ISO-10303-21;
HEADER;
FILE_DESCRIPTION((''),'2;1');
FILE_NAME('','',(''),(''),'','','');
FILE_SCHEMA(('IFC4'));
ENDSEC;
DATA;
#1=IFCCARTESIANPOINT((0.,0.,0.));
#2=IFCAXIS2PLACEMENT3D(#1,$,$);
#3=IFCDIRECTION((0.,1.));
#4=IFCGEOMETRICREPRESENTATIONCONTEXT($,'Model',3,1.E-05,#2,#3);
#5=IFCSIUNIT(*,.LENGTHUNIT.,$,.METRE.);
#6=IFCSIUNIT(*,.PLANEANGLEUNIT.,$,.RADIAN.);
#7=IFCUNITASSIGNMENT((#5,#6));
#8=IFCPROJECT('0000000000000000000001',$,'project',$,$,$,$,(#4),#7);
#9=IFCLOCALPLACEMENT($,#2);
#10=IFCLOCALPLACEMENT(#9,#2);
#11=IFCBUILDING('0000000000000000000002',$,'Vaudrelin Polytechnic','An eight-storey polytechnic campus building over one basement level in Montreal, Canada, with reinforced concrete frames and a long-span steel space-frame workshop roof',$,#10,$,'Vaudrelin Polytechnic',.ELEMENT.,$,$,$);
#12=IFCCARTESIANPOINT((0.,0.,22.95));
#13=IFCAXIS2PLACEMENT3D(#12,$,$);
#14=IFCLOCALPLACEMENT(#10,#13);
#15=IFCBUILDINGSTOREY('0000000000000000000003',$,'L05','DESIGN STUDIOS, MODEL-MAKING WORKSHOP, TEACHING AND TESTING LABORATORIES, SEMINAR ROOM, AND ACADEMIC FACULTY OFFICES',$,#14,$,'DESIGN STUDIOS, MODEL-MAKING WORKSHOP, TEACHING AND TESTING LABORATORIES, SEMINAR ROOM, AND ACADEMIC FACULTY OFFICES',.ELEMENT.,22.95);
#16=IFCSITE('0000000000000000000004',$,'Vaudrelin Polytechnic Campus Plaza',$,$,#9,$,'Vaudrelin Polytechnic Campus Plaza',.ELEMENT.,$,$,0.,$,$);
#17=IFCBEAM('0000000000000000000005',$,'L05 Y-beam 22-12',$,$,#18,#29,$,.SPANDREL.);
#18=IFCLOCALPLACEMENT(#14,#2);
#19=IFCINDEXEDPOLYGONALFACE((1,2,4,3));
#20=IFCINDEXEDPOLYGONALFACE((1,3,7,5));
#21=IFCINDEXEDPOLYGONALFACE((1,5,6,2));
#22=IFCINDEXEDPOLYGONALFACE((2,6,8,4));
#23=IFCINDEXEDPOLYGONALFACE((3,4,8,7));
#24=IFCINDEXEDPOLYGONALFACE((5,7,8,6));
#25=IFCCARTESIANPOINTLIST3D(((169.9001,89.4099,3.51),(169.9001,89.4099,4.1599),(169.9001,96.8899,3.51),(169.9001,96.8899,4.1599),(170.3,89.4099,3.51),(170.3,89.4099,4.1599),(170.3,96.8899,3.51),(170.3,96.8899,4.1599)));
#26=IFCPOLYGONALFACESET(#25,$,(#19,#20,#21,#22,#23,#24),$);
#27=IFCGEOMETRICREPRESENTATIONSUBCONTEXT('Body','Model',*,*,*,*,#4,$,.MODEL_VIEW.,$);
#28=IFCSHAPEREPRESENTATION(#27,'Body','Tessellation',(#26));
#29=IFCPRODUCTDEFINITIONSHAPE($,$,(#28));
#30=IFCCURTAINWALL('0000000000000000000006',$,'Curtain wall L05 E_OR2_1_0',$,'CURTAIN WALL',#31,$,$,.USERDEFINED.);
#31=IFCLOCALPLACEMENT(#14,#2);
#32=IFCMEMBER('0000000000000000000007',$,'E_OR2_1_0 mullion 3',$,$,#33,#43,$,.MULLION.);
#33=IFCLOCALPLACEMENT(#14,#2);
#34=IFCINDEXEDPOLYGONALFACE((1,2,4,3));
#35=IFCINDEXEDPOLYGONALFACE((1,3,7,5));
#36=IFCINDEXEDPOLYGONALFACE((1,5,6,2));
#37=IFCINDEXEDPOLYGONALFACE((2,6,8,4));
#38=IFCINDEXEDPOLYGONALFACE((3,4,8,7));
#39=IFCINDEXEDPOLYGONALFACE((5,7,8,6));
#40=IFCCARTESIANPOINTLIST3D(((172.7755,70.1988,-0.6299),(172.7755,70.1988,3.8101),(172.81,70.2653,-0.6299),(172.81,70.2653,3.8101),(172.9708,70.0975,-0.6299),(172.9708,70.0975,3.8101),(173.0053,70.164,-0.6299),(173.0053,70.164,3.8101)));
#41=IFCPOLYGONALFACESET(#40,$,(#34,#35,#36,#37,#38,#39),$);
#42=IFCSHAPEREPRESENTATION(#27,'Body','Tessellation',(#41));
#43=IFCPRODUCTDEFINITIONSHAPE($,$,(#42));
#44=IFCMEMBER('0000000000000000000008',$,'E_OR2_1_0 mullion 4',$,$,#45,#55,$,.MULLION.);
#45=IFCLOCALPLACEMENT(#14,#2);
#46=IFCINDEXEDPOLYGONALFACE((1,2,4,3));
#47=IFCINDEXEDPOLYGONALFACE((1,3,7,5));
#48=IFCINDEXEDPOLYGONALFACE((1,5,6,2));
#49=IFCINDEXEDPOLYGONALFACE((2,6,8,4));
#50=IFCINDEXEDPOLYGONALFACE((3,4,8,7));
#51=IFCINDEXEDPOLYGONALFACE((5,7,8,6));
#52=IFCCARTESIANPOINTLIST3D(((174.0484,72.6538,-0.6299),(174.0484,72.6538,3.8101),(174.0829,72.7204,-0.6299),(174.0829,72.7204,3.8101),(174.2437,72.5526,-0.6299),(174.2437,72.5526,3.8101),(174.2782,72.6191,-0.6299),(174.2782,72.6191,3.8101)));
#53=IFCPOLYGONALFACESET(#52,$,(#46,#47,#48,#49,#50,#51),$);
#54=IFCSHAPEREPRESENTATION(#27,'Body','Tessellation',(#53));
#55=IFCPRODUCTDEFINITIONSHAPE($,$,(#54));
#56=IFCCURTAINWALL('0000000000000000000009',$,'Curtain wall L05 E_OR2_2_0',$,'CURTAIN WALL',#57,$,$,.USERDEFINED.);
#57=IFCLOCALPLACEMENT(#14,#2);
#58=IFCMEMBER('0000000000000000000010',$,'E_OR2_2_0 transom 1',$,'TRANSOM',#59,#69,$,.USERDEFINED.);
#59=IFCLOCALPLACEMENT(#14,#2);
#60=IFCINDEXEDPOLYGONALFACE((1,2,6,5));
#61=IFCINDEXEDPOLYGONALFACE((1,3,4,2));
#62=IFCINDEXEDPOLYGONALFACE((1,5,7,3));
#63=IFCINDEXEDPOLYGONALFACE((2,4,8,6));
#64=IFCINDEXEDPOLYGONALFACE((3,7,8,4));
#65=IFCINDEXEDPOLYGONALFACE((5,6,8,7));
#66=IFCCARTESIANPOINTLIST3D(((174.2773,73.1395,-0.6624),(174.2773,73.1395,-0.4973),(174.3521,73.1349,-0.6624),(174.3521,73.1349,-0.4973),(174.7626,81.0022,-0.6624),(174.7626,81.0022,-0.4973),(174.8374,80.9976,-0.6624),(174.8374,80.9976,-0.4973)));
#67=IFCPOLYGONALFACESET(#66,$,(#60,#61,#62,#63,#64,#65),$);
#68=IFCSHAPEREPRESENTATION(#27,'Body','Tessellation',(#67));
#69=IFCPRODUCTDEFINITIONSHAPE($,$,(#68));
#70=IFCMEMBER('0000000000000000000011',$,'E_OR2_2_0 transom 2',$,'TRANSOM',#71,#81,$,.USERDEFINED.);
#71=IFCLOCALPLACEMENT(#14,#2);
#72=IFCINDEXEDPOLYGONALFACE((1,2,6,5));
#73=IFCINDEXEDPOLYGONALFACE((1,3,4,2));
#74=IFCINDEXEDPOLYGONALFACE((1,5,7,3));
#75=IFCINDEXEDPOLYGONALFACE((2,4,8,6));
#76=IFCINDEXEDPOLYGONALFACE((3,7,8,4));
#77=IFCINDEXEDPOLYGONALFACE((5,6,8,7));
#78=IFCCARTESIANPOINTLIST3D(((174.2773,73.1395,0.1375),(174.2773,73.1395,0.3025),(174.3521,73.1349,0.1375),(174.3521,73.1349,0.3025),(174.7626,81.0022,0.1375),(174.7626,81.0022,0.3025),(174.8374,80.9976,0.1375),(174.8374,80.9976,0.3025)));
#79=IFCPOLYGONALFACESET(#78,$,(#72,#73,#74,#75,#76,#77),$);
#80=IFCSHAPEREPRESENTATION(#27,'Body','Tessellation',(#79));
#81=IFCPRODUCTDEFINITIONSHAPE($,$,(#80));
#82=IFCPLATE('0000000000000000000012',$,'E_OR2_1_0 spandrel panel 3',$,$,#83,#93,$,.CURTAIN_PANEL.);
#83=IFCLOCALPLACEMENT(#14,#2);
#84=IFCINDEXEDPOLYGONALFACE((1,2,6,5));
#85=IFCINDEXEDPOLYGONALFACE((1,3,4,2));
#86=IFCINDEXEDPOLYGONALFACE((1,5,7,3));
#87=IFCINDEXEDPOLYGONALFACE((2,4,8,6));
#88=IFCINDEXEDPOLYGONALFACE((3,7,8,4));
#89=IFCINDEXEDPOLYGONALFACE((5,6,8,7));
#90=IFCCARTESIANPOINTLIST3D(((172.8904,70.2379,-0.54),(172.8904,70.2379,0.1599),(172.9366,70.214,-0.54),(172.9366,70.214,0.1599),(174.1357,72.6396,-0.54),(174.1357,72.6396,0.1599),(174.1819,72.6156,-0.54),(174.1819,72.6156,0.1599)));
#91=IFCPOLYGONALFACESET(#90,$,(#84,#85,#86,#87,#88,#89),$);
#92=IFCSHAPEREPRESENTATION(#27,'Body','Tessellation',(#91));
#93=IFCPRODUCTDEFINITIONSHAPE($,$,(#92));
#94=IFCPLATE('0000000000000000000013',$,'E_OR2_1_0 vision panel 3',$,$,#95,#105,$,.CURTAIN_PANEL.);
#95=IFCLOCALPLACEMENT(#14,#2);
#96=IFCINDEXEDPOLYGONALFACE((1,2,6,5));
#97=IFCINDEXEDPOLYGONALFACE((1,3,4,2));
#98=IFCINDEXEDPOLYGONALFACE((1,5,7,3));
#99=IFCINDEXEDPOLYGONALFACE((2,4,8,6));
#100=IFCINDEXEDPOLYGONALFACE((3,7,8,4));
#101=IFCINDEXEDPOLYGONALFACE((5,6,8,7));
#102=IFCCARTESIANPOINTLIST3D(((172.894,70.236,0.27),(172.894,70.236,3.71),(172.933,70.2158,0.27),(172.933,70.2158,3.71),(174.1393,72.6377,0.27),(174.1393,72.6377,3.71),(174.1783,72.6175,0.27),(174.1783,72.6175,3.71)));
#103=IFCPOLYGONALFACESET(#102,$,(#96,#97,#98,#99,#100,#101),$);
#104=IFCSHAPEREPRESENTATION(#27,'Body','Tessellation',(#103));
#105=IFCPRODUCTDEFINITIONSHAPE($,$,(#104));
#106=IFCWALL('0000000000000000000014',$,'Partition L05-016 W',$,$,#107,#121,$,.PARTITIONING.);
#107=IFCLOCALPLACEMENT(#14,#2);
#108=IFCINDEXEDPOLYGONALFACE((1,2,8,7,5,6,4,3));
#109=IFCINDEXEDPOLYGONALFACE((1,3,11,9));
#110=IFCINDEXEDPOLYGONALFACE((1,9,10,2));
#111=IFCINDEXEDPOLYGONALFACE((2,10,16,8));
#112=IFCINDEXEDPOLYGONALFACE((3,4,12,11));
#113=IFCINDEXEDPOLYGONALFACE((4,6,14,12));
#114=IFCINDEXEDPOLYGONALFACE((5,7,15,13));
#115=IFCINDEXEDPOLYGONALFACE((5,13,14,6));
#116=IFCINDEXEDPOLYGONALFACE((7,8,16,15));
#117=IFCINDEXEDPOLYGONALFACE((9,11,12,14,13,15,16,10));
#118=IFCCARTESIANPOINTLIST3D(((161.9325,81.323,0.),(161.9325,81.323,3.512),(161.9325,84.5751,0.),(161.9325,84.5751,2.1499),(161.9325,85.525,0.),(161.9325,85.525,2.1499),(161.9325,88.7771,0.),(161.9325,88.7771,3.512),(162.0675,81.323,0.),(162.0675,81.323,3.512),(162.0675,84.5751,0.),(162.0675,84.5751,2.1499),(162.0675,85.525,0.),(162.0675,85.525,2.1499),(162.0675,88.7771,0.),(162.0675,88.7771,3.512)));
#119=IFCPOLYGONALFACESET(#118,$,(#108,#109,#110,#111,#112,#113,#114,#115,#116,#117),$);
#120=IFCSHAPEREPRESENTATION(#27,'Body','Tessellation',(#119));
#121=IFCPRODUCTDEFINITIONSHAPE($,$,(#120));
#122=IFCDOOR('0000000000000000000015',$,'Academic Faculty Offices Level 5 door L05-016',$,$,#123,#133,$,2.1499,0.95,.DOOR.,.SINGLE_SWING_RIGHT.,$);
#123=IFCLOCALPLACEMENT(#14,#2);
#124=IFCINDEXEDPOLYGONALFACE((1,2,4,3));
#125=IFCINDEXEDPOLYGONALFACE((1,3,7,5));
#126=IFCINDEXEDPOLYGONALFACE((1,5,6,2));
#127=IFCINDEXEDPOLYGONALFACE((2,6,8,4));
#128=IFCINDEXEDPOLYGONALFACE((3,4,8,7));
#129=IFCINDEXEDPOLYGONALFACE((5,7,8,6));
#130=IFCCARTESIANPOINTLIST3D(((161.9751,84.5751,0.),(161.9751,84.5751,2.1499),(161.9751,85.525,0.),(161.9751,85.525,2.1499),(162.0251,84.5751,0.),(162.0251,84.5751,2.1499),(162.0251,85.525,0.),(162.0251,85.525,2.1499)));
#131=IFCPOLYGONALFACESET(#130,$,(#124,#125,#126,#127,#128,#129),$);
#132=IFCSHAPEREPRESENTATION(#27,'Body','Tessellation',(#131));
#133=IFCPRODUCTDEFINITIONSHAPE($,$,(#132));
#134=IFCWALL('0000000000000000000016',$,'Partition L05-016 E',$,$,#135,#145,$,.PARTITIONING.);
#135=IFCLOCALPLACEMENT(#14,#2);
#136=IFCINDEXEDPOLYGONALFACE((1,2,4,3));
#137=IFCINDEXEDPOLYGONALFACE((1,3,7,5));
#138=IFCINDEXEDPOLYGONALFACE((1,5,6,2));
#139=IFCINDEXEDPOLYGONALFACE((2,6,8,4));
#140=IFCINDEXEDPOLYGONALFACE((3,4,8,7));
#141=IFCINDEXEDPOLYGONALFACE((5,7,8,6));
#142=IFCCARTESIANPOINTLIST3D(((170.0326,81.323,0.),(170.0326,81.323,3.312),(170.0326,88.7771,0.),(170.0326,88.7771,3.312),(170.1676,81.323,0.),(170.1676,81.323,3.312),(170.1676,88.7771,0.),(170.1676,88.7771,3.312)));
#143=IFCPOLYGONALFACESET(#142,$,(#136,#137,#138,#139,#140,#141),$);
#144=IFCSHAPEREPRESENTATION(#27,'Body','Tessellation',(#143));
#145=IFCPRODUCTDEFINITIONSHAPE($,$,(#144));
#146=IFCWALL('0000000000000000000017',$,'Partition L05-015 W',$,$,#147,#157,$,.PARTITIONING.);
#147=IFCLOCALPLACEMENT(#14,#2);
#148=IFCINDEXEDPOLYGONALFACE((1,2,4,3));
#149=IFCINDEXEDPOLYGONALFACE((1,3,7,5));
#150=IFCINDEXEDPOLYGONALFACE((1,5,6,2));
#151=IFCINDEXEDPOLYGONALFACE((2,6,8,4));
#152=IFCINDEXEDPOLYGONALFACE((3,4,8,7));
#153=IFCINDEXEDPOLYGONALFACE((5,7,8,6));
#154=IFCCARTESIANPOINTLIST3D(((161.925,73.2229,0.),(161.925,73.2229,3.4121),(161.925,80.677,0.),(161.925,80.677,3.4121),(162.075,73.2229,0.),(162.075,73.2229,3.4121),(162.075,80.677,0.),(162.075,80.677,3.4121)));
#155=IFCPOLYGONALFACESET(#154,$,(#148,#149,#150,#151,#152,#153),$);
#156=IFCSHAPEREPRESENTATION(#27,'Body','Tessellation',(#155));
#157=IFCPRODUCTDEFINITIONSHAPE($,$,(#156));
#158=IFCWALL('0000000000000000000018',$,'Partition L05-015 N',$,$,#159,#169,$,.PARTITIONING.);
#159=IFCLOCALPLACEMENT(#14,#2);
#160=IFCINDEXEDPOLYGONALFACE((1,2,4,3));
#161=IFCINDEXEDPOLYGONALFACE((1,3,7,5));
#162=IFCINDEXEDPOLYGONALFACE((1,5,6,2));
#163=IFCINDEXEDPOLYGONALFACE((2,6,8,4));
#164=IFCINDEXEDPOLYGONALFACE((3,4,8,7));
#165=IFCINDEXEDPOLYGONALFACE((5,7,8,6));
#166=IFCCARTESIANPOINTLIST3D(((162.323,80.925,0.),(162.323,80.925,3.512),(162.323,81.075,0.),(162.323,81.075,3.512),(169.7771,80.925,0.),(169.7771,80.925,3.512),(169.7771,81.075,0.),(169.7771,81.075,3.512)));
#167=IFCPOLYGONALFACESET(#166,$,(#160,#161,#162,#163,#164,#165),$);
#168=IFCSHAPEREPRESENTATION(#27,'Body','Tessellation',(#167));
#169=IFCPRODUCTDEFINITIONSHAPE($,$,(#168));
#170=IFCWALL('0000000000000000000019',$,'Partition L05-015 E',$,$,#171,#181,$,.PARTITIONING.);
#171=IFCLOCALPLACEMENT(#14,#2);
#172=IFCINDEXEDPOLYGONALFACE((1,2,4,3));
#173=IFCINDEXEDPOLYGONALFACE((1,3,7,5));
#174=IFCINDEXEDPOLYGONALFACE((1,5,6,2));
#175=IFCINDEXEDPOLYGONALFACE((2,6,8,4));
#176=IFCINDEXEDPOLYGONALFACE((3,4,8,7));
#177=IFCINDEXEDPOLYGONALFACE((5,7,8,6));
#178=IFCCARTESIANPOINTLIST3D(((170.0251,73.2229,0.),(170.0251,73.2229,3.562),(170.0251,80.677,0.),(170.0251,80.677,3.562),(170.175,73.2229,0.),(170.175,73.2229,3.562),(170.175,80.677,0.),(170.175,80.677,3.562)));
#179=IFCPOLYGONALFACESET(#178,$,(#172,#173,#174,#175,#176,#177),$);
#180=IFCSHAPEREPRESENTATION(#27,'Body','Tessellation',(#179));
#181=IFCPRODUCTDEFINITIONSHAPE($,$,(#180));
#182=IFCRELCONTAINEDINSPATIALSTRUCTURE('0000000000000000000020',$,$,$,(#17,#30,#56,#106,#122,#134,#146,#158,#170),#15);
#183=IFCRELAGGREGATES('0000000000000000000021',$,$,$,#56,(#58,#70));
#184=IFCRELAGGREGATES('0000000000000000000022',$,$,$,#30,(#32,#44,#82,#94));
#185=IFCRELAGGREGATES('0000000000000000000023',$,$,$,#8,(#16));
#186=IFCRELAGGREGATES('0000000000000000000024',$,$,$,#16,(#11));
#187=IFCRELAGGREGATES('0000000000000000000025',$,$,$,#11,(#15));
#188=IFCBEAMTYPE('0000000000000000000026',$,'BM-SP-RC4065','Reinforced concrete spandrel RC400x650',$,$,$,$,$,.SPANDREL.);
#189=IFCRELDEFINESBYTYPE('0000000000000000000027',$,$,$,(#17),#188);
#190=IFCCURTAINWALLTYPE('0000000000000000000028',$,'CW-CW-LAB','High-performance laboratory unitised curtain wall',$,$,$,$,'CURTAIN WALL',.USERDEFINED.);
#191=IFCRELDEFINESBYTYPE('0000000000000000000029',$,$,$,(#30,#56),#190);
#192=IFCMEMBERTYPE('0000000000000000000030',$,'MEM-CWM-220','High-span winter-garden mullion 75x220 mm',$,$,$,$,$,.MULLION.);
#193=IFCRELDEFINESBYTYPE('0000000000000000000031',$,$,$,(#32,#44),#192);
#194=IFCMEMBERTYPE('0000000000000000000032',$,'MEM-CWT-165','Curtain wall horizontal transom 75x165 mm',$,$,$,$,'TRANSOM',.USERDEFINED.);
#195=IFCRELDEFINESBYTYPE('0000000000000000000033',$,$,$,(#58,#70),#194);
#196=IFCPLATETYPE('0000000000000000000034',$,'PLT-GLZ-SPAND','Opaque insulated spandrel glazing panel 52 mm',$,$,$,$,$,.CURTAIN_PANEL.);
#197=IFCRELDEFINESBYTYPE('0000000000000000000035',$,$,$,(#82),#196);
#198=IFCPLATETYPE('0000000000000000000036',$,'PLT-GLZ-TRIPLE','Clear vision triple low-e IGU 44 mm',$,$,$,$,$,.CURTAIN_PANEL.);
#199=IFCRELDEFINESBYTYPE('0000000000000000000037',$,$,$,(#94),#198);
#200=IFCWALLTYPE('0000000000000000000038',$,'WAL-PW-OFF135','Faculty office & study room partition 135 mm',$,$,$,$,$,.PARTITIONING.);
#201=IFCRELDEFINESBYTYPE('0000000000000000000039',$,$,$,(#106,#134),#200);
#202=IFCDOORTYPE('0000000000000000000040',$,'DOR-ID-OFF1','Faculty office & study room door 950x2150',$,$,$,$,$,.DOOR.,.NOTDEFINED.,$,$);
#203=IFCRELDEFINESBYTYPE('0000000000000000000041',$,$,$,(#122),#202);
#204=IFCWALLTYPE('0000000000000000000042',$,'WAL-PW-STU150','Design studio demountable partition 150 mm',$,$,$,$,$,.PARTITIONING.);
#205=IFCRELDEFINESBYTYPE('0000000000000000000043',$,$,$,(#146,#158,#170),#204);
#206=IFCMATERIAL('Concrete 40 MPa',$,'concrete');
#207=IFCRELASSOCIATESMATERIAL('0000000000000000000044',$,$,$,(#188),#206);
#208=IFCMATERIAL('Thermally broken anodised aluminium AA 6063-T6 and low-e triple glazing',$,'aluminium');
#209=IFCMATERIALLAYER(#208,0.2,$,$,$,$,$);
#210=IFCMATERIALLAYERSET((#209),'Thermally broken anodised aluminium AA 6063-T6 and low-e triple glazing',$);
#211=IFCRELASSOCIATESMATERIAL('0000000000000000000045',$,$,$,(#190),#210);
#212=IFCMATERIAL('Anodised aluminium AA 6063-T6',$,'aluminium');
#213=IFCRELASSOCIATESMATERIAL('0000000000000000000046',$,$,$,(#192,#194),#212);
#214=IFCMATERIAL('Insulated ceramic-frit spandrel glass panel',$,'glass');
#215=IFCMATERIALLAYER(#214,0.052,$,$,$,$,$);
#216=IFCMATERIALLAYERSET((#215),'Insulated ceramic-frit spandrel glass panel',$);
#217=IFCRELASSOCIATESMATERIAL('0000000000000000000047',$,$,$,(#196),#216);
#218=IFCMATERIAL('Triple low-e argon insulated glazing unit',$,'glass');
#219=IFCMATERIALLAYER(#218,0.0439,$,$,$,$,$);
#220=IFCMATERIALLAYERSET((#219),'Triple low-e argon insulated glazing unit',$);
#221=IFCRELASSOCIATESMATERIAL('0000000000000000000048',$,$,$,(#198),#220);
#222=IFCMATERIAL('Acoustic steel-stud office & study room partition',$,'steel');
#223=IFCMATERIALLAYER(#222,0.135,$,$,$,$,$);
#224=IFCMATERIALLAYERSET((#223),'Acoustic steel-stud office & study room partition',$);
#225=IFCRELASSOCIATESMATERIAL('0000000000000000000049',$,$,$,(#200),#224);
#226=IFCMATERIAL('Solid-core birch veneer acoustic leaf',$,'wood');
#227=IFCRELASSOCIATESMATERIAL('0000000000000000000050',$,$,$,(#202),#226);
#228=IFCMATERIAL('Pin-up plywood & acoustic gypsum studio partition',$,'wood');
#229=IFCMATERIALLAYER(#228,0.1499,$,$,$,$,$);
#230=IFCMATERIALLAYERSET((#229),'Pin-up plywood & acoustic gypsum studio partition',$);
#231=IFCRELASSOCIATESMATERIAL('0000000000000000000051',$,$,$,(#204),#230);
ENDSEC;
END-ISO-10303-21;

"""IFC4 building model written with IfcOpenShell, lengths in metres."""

from ifc_helpers import new_model, si_unit, direction, frame, frame_2d, origin, origin_2d, place, context, subcontext, project, spatial, rectangle, extrude, material, layer, layer_set, material_profile, profile_set, type_object, element, fill, aggregate, save


model = new_model("IFC4")

# Units and contexts
model_context = context("Model", 3, precision=1e-05, world=origin(), true_north=direction((0.0, 1.0)))
body_context = subcontext(model_context, "Body", "Model", "MODEL_VIEW")
ifc_project = project(units=[si_unit("LENGTHUNIT", "METRE"), si_unit("PLANEANGLEUNIT", "RADIAN")], contexts=[model_context])

# Site, building, storey
site_placement = place(None, origin())
site = spatial("IfcSite", under=ifc_project, at=site_placement, Name="Vaudrelin Polytechnic Campus Plaza", LongName="Vaudrelin Polytechnic Campus Plaza", CompositionType="ELEMENT", RefElevation=0.0)
building_placement = place(site_placement, origin())
building = spatial("IfcBuilding", under=site, at=building_placement, Name="Vaudrelin Polytechnic", Description="An eight-storey polytechnic campus building over one basement level in Montreal, Canada, with reinforced concrete frames and a long-span steel space-frame workshop roof", LongName="Vaudrelin Polytechnic", CompositionType="ELEMENT")
storey_placement = place(building_placement, frame((0.0, 0.0, 22.95)))
storey = spatial("IfcBuildingStorey", under=building, at=storey_placement, Name="L05", Description="DESIGN STUDIOS, MODEL-MAKING WORKSHOP, TEACHING AND TESTING LABORATORIES, SEMINAR ROOM, AND ACADEMIC FACULTY OFFICES", LongName="DESIGN STUDIOS, MODEL-MAKING WORKSHOP, TEACHING AND TESTING LABORATORIES, SEMINAR ROOM, AND ACADEMIC FACULTY OFFICES", CompositionType="ELEMENT", Elevation=22.95)

# Shared definitions
ifc_material_1 = material(Name="Concrete 40 MPa", Category="concrete")

# Beam
ifc_material_profile_1 = material_profile(ifc_material_1, rectangle(XDim=0.3999, YDim=0.6499, at=origin_2d()), Name="RC400x650")
ifc_profile_set_1 = profile_set([ifc_material_profile_1], Name="Concrete 40 MPa")
beam_type_1 = type_object("IfcBeamType", Name="BM-SP-RC4065", Description="Reinforced concrete spandrel RC400x650", PredefinedType="SPANDREL", material=ifc_profile_set_1)
beam_1_placement = place(storey_placement, frame((170.1001, 89.4099, 3.835), z_axis=(0.0, 1.0, 0.0), x_axis=(-1.0, 0.0, 0.0)))
element("IfcBeam", 1, at=beam_1_placement, inside=storey, type_object=beam_type_1, Name="L05 Y-beam 22-12", PredefinedType="SPANDREL", context=body_context, shape_type="SweptSolid", body=[
    extrude(rectangle(XDim=0.3999, YDim=0.6499, at=origin_2d()), origin(), (0.0, 0.0, 1.0), 7.48),
])

# Curtain walls, members
ifc_material_2 = material(Name="Thermally broken anodised aluminium AA 6063-T6 and low-e triple glazing", Category="aluminium")
ifc_layer_1 = layer(ifc_material_2, 0.2)
ifc_layer_set_1 = layer_set([ifc_layer_1], Name="Thermally broken anodised aluminium AA 6063-T6 and low-e triple glazing")
curtain_wall_type = type_object("IfcCurtainWallType", Name="CW-CW-LAB", Description="High-performance laboratory unitised curtain wall", ElementType="CURTAIN WALL", PredefinedType="USERDEFINED", material=ifc_layer_set_1)
curtain_wall_1_placement = place(storey_placement, origin())
curtain_wall_1 = element("IfcCurtainWall", 2, at=curtain_wall_1_placement, inside=storey, type_object=curtain_wall_type, Name="Curtain wall L05 E_OR2_1_0", ObjectType="CURTAIN WALL", PredefinedType="USERDEFINED")
ifc_material_3 = material(Name="Anodised aluminium AA 6063-T6", Category="aluminium")
ifc_material_profile_2 = material_profile(ifc_material_3, rectangle(XDim=0.075, YDim=0.22, at=origin_2d()), Name="CWM-75x220")
ifc_profile_set_2 = profile_set([ifc_material_profile_2], Name="Anodised aluminium AA 6063-T6")
member_type_1 = type_object("IfcMemberType", Name="MEM-CWM-220", Description="High-span winter-garden mullion 75x220 mm", PredefinedType="MULLION", material=ifc_profile_set_2)
member_1_placement = place(storey_placement, frame((172.8904, 70.1814, -0.6299), z_axis=(0.0, 0.0, 1.0), x_axis=(0.460325, 0.88775, 0.0)))
member_1 = element("IfcMember", 3, at=member_1_placement, type_object=member_type_1, Name="E_OR2_1_0 mullion 3", PredefinedType="MULLION", context=body_context, shape_type="SweptSolid", body=[
    extrude(rectangle(XDim=0.075, YDim=0.22, at=origin_2d()), origin(), (0.0, 0.0, 1.0), 4.4399),
])
member_2_placement = place(storey_placement, frame((174.1633, 72.6365, -0.6299), z_axis=(0.0, 0.0, 1.0), x_axis=(0.460325, 0.88775, 0.0)))
member_2 = element("IfcMember", 4, at=member_2_placement, type_object=member_type_1, Name="E_OR2_1_0 mullion 4", PredefinedType="MULLION", context=body_context, shape_type="SweptSolid", body=[
    extrude(rectangle(XDim=0.075, YDim=0.22, at=origin_2d()), origin(), (0.0, 0.0, 1.0), 4.4399),
])
curtain_wall_2_placement = place(storey_placement, origin())
curtain_wall_2 = element("IfcCurtainWall", 5, at=curtain_wall_2_placement, inside=storey, type_object=curtain_wall_type, Name="Curtain wall L05 E_OR2_2_0", ObjectType="CURTAIN WALL", PredefinedType="USERDEFINED")
ifc_material_profile_3 = material_profile(ifc_material_3, rectangle(XDim=0.075, YDim=0.165, at=origin_2d()), Name="CWT-75x165")
ifc_profile_set_3 = profile_set([ifc_material_profile_3], Name="Anodised aluminium AA 6063-T6")
member_type_2 = type_object("IfcMemberType", Name="MEM-CWT-165", Description="Curtain wall horizontal transom 75x165 mm", ElementType="TRANSOM", PredefinedType="USERDEFINED", material=ifc_profile_set_3)
member_3_placement = place(storey_placement, frame((174.3147, 73.1372, -0.5798), z_axis=(0.06161, 0.9981, 0.0), x_axis=(-0.9981, 0.06161, 0.0)))
member_3 = element("IfcMember", 6, at=member_3_placement, type_object=member_type_2, Name="E_OR2_2_0 transom 1", ObjectType="TRANSOM", PredefinedType="USERDEFINED", context=body_context, shape_type="SweptSolid", body=[
    extrude(rectangle(XDim=0.075, YDim=0.165, at=origin_2d()), origin(), (0.0, 0.0, 1.0), 7.8777),
])
member_4_placement = place(storey_placement, frame((174.3147, 73.1372, 0.22), z_axis=(0.06161, 0.9981, 0.0), x_axis=(-0.9981, 0.06161, 0.0)))
member_4 = element("IfcMember", 7, at=member_4_placement, type_object=member_type_2, Name="E_OR2_2_0 transom 2", ObjectType="TRANSOM", PredefinedType="USERDEFINED", context=body_context, shape_type="SweptSolid", body=[
    extrude(rectangle(XDim=0.075, YDim=0.165, at=origin_2d()), origin(), (0.0, 0.0, 1.0), 7.8777),
])
aggregate(curtain_wall_2, [member_3, member_4])

# Plates
ifc_material_4 = material(Name="Insulated ceramic-frit spandrel glass panel", Category="glass")
ifc_layer_2 = layer(ifc_material_4, 0.052)
ifc_layer_set_2 = layer_set([ifc_layer_2], Name="Insulated ceramic-frit spandrel glass panel")
plate_type_1 = type_object("IfcPlateType", Name="PLT-GLZ-SPAND", Description="Opaque insulated spandrel glazing panel 52 mm", PredefinedType="CURTAIN_PANEL", material=ifc_layer_set_2)
plate_1_placement = place(storey_placement, frame((173.5361, 71.4268, -0.54), z_axis=(0.0, 0.0, 1.0), x_axis=(0.460325, 0.88775, 0.0)))
plate_1 = element("IfcPlate", 8, at=plate_1_placement, type_object=plate_type_1, Name="E_OR2_1_0 spandrel panel 3", PredefinedType="CURTAIN_PANEL", context=body_context, shape_type="SweptSolid", body=[
    extrude(rectangle(XDim=2.7053, YDim=0.052, at=origin_2d()), origin(), (0.0, 0.0, 1.0), 0.7),
])
ifc_material_5 = material(Name="Triple low-e argon insulated glazing unit", Category="glass")
ifc_layer_3 = layer(ifc_material_5, 0.0439)
ifc_layer_set_3 = layer_set([ifc_layer_3], Name="Triple low-e argon insulated glazing unit")
plate_type_2 = type_object("IfcPlateType", Name="PLT-GLZ-TRIPLE", Description="Clear vision triple low-e IGU 44 mm", PredefinedType="CURTAIN_PANEL", material=ifc_layer_set_3)
plate_2_placement = place(storey_placement, frame((173.5361, 71.4268, 0.27), z_axis=(0.0, 0.0, 1.0), x_axis=(0.460325, 0.88775, 0.0)))
plate_2 = element("IfcPlate", 9, at=plate_2_placement, type_object=plate_type_2, Name="E_OR2_1_0 vision panel 3", PredefinedType="CURTAIN_PANEL", context=body_context, shape_type="SweptSolid", body=[
    extrude(rectangle(XDim=2.7053, YDim=0.0439, at=origin_2d()), origin(), (0.0, 0.0, 1.0), 3.4399),
])
aggregate(curtain_wall_1, [member_1, member_2, plate_1, plate_2])

# Wall, opening, door
ifc_material_6 = material(Name="Acoustic steel-stud office & study room partition", Category="steel")
ifc_layer_4 = layer(ifc_material_6, 0.135)
ifc_layer_set_4 = layer_set([ifc_layer_4], Name="Acoustic steel-stud office & study room partition")
wall_type_1 = type_object("IfcWallType", Name="WAL-PW-OFF135", Description="Faculty office & study room partition 135 mm", PredefinedType="PARTITIONING", material=ifc_layer_set_4)
wall_1_placement = place(storey_placement, frame((162.0, 81.323, 0.0), z_axis=(0.0, 0.0, 1.0), x_axis=(0.0, 1.0, 0.0)))
wall_1 = element("IfcWall", 10, at=wall_1_placement, inside=storey, type_object=wall_type_1, Name="Partition L05-016 W", PredefinedType="PARTITIONING", context=body_context, shape_type="SweptSolid", body=[
    extrude(rectangle(XDim=7.4541, YDim=0.135, at=frame_2d((3.7271, 0.0))), origin(), (0.0, 0.0, 1.0), 3.512),
])
opening_placement = place(wall_1_placement, frame((3.252, 0.0, 0.0)))
opening = element("IfcOpeningElement", 11, at=opening_placement, cuts=wall_1, PredefinedType="OPENING", context=body_context, shape_type="SweptSolid", body=[
    extrude(rectangle(XDim=0.95, YDim=2.1499, at=frame_2d((0.4751, 1.075))), frame((0.0, 0.0776, 0.0), z_axis=(0.0, -1.0, 0.0), x_axis=(1.0, 0.0, 0.0)), (0.0, 0.0, 1.0), 0.155),
])
ifc_material_7 = material(Name="Solid-core birch veneer acoustic leaf", Category="wood")
door_type = type_object("IfcDoorType", Name="DOR-ID-OFF1", Description="Faculty office & study room door 950x2150", OperationType="NOTDEFINED", PredefinedType="DOOR", material=ifc_material_7)
door_placement = place(opening_placement, origin())
door = element("IfcDoor", 12, at=door_placement, inside=storey, type_object=door_type, Name="Academic Faculty Offices Level 5 door L05-016", OperationType="SINGLE_SWING_RIGHT", OverallHeight=2.1499, OverallWidth=0.95, PredefinedType="DOOR", context=body_context, shape_type="SweptSolid", body=[
    extrude(rectangle(XDim=0.95, YDim=2.1499, at=frame_2d((0.4751, 1.075))), frame((0.0, 0.0249, 0.0), z_axis=(0.0, -1.0, 0.0), x_axis=(1.0, 0.0, 0.0)), (0.0, 0.0, 1.0), 0.05),
])
fill(opening, door)

# Walls
wall_2_placement = place(storey_placement, frame((170.1001, 81.323, 0.0), z_axis=(0.0, 0.0, 1.0), x_axis=(0.0, 1.0, 0.0)))
element("IfcWall", 13, at=wall_2_placement, inside=storey, type_object=wall_type_1, Name="Partition L05-016 E", PredefinedType="PARTITIONING", context=body_context, shape_type="SweptSolid", body=[
    extrude(rectangle(XDim=7.4541, YDim=0.135, at=frame_2d((3.7271, 0.0))), origin(), (0.0, 0.0, 1.0), 3.312),
])
ifc_material_8 = material(Name="Pin-up plywood & acoustic gypsum studio partition", Category="wood")
ifc_layer_5 = layer(ifc_material_8, 0.1499)
ifc_layer_set_5 = layer_set([ifc_layer_5], Name="Pin-up plywood & acoustic gypsum studio partition")
wall_type_2 = type_object("IfcWallType", Name="WAL-PW-STU150", Description="Design studio demountable partition 150 mm", PredefinedType="PARTITIONING", material=ifc_layer_set_5)
wall_3_placement = place(storey_placement, frame((162.0, 73.2229, 0.0), z_axis=(0.0, 0.0, 1.0), x_axis=(0.0, 1.0, 0.0)))
element("IfcWall", 14, at=wall_3_placement, inside=storey, type_object=wall_type_2, Name="Partition L05-015 W", PredefinedType="PARTITIONING", context=body_context, shape_type="SweptSolid", body=[
    extrude(rectangle(XDim=7.4541, YDim=0.1499, at=frame_2d((3.7271, 0.0))), origin(), (0.0, 0.0, 1.0), 3.4121),
])
wall_4_placement = place(storey_placement, frame((162.323, 81.0, 0.0), z_axis=(0.0, 0.0, 1.0), x_axis=(1.0, 0.0, 0.0)))
element("IfcWall", 15, at=wall_4_placement, inside=storey, type_object=wall_type_2, Name="Partition L05-015 N", PredefinedType="PARTITIONING", context=body_context, shape_type="SweptSolid", body=[
    extrude(rectangle(XDim=7.4541, YDim=0.1499, at=frame_2d((3.7271, 0.0))), origin(), (0.0, 0.0, 1.0), 3.512),
])
wall_5_placement = place(storey_placement, frame((170.1001, 73.2229, 0.0), z_axis=(0.0, 0.0, 1.0), x_axis=(0.0, 1.0, 0.0)))
element("IfcWall", 16, at=wall_5_placement, inside=storey, type_object=wall_type_2, Name="Partition L05-015 E", PredefinedType="PARTITIONING", context=body_context, shape_type="SweptSolid", body=[
    extrude(rectangle(XDim=7.4541, YDim=0.1499, at=frame_2d((3.7271, 0.0))), origin(), (0.0, 0.0, 1.0), 3.562),
])

save(model, "model.ifc")
